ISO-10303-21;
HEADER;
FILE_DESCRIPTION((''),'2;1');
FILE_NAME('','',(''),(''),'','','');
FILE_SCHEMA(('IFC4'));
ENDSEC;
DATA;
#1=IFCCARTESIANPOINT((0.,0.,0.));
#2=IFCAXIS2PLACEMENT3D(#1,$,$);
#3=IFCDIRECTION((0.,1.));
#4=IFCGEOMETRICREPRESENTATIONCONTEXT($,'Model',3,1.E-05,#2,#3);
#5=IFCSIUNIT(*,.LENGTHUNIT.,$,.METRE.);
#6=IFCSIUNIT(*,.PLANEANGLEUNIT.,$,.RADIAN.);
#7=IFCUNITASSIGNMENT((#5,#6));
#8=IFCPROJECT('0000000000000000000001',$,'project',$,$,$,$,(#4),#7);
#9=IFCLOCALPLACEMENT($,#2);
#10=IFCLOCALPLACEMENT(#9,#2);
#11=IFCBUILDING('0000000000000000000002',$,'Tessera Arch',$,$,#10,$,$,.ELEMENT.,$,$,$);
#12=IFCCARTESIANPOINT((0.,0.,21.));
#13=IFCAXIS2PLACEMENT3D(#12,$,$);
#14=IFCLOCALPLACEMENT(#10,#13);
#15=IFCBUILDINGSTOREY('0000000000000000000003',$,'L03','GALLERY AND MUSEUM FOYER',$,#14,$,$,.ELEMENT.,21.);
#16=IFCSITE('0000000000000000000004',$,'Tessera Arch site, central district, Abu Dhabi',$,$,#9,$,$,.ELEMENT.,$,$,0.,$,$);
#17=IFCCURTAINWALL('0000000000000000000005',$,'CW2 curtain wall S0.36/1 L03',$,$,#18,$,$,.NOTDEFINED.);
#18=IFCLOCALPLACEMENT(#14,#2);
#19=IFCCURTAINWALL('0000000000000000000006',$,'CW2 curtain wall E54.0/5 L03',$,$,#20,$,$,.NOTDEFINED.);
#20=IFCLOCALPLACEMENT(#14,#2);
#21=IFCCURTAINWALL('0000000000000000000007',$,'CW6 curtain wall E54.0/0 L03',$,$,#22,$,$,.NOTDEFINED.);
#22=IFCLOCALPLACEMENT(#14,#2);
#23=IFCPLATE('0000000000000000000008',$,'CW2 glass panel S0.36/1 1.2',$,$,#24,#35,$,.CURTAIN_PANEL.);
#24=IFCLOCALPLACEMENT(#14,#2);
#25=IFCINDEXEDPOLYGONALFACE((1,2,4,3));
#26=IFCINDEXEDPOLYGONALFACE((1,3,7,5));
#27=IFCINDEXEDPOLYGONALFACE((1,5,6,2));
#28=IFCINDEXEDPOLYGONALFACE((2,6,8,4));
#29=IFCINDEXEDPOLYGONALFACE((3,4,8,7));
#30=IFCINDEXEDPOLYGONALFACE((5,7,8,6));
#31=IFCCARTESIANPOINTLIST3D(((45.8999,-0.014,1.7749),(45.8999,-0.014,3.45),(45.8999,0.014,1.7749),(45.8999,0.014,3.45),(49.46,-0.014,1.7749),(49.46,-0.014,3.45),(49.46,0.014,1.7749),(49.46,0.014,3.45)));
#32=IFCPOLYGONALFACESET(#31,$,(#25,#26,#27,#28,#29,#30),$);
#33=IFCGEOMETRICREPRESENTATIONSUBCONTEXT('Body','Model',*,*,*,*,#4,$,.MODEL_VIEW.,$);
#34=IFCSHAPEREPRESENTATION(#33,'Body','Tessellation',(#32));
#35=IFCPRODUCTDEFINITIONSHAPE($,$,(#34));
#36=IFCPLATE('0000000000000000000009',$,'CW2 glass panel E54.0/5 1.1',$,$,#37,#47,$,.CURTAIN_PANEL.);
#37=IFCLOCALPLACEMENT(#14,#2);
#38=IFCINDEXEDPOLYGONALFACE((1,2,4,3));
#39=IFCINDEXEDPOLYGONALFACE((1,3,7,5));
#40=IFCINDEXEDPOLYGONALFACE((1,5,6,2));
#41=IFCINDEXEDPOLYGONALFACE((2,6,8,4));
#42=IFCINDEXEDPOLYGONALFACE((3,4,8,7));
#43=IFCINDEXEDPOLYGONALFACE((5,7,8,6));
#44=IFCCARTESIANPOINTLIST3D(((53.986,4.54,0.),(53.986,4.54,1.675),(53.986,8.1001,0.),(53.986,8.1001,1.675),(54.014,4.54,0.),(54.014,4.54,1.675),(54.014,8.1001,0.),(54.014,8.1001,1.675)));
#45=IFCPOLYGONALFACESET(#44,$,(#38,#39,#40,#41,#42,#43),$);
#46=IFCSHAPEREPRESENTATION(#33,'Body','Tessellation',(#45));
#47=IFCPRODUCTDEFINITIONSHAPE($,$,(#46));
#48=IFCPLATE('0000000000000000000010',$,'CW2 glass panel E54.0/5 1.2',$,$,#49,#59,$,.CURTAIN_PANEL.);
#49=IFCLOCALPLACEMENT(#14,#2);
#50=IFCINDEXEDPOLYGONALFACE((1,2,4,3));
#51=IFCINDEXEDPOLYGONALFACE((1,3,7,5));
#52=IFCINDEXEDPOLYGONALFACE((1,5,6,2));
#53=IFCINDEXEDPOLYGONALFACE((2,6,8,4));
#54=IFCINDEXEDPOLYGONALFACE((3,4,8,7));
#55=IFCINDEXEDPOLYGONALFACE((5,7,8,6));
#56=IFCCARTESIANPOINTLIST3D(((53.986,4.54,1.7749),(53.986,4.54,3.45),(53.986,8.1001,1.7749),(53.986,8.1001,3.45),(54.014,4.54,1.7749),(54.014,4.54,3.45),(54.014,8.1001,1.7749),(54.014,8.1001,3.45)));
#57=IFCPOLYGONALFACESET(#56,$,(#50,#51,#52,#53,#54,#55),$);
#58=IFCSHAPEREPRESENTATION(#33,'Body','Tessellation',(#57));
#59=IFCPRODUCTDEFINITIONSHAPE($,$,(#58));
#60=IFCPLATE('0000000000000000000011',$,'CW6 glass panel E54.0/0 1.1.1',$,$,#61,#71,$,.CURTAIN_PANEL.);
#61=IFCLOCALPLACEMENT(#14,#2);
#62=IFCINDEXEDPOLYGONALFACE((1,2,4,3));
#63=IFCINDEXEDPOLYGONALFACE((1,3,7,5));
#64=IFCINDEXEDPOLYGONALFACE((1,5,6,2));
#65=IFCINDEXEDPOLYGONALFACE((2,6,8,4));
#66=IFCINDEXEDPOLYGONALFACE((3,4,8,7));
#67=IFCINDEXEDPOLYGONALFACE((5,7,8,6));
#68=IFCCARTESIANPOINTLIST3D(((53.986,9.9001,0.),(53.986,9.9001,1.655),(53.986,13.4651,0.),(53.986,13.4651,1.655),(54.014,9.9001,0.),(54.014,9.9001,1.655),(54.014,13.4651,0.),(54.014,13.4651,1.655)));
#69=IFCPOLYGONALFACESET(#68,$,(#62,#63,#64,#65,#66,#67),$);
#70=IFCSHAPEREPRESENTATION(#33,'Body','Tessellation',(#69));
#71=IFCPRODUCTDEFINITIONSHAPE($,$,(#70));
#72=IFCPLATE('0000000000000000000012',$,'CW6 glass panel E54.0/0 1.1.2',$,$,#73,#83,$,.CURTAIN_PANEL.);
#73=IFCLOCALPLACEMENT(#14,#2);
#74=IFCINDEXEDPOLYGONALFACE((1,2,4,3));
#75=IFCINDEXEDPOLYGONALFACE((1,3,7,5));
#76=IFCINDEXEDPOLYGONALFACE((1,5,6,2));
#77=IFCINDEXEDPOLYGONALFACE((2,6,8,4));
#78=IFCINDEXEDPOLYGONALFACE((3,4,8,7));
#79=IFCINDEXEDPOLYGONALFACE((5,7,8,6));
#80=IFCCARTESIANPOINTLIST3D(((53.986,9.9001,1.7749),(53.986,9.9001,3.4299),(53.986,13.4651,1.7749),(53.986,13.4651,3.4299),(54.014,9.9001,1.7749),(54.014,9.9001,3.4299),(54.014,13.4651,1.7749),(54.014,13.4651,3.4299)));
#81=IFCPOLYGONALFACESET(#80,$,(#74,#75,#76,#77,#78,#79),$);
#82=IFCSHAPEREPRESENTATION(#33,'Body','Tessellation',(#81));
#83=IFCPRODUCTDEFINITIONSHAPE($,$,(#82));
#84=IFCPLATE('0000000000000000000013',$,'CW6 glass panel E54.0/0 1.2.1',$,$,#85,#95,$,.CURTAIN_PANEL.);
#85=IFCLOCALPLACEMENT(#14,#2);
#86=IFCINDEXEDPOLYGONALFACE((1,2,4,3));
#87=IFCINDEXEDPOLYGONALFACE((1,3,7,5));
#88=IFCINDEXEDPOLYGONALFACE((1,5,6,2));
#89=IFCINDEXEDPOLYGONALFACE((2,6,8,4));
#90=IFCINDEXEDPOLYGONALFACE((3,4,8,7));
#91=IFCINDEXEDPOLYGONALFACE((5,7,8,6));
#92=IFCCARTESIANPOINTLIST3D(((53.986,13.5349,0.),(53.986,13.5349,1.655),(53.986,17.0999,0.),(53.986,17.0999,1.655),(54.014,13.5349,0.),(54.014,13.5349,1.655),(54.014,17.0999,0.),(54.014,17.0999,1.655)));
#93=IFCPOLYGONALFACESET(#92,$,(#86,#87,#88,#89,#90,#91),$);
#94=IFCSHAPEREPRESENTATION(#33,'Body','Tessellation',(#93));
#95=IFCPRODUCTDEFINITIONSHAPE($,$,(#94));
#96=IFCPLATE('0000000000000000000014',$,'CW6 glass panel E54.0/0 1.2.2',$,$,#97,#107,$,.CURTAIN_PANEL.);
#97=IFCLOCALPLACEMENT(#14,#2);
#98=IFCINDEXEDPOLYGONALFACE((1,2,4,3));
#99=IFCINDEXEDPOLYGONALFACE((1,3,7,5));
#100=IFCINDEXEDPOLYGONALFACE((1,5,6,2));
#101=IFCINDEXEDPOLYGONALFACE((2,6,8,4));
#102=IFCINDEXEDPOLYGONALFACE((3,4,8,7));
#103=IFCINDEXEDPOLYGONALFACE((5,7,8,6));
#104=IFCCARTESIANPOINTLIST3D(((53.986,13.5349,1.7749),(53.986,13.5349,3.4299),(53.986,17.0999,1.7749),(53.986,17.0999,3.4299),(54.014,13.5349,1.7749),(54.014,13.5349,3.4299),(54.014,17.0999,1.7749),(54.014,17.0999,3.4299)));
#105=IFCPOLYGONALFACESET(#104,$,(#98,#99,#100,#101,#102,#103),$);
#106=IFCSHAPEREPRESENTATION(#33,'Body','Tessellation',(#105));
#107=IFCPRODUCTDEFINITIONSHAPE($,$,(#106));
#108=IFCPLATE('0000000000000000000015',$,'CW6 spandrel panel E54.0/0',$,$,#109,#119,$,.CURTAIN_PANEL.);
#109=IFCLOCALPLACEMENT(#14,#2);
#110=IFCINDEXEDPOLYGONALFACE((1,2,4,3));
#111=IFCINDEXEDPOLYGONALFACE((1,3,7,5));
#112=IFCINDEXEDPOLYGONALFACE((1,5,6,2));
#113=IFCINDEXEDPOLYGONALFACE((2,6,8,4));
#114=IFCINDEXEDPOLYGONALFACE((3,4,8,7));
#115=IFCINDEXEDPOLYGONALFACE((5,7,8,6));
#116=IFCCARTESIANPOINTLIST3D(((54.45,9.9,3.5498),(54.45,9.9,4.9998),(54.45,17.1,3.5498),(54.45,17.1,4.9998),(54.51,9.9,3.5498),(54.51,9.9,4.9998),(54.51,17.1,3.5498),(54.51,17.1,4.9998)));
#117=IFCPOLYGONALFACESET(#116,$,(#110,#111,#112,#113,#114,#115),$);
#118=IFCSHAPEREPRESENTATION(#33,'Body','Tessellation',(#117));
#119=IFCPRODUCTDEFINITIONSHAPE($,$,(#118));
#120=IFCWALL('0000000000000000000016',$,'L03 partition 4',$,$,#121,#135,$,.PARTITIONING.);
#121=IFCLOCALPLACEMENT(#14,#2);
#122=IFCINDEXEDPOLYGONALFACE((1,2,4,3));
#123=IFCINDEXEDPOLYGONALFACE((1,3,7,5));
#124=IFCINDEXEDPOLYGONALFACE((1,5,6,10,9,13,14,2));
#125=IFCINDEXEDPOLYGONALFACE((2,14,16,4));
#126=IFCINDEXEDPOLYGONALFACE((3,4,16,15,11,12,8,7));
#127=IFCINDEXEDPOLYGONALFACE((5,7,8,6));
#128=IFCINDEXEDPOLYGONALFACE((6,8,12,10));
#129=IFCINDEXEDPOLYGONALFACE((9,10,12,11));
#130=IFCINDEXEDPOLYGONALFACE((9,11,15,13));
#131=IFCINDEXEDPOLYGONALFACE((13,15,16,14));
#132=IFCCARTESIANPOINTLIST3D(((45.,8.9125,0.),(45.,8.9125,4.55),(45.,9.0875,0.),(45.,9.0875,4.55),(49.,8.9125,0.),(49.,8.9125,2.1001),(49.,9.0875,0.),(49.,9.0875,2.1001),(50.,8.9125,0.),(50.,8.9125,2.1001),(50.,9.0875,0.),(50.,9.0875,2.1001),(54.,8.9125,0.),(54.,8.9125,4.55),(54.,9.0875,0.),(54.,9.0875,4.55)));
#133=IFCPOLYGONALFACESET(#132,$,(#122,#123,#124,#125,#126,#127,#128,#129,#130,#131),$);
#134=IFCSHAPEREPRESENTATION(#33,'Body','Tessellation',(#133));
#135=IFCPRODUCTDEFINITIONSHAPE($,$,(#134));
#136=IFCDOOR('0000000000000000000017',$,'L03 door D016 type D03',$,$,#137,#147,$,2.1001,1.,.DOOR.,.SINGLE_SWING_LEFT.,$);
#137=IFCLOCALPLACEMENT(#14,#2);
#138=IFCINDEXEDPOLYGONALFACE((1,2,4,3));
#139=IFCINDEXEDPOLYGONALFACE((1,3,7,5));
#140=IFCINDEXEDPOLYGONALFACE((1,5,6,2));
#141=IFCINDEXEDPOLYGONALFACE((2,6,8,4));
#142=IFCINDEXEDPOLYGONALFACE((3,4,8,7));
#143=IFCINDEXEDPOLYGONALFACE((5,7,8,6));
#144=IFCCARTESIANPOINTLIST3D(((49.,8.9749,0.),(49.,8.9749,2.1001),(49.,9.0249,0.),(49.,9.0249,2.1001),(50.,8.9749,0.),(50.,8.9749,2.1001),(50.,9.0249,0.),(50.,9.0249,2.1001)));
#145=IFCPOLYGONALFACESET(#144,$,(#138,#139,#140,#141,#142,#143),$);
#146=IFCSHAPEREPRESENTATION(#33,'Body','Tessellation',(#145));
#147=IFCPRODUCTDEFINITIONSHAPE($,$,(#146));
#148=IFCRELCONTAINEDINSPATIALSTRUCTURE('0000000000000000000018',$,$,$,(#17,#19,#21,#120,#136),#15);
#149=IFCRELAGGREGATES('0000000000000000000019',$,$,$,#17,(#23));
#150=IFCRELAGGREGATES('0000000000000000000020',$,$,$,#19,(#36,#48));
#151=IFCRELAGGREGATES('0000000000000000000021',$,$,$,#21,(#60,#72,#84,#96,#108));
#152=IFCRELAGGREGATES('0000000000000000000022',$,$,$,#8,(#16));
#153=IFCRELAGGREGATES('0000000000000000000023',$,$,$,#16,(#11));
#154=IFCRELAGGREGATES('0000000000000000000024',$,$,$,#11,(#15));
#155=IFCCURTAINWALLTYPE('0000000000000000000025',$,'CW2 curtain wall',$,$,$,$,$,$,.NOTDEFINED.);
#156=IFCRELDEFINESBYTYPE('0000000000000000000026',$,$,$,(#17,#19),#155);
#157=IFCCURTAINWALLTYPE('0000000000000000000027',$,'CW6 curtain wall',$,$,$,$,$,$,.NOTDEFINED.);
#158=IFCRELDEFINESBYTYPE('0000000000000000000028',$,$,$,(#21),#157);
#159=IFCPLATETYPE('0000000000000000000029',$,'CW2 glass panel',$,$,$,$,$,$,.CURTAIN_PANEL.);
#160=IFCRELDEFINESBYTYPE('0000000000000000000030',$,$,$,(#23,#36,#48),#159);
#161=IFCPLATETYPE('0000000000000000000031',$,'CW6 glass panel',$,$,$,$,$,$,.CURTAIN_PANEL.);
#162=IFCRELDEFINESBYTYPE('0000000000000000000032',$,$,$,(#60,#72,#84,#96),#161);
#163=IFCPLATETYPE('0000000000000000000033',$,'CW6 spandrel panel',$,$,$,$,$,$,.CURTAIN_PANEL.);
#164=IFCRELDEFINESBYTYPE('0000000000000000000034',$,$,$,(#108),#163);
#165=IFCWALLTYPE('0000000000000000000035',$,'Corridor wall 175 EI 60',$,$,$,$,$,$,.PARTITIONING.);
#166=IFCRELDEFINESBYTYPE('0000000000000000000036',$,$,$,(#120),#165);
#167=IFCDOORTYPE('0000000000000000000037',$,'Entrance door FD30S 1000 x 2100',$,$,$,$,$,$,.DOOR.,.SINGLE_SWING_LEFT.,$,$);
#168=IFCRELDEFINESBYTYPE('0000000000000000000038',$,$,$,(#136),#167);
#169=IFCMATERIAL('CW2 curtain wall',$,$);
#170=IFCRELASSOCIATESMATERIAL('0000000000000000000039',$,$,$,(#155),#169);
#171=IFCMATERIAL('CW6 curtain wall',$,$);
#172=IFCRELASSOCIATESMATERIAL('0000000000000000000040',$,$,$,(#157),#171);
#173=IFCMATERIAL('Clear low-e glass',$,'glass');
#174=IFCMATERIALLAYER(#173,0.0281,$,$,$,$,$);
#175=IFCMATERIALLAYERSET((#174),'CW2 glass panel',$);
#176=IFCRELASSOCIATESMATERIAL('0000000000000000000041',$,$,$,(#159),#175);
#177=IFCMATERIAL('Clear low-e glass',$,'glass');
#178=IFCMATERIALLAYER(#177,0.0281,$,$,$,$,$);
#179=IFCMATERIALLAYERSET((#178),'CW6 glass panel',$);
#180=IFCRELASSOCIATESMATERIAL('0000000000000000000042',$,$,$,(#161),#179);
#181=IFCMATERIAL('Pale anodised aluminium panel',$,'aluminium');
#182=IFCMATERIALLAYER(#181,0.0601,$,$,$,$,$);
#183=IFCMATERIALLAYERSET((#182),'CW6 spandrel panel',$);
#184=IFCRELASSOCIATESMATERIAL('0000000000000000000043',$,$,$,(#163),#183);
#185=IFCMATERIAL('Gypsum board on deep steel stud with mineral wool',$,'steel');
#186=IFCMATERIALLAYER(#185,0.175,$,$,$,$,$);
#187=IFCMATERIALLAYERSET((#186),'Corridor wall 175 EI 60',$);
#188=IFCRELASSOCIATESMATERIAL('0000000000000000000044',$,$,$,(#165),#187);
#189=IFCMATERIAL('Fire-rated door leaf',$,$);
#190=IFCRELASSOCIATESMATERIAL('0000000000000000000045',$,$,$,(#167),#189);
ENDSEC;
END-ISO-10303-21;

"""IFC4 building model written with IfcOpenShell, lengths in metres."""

from ifc_helpers import new_model, si_unit, direction, frame, frame_2d, origin, origin_2d, place, context, subcontext, project, spatial, rectangle, extrude, material, layer, layer_set, type_object, element, fill, aggregate, save


model = new_model("IFC4")

# Units and contexts
model_context = context("Model", 3, precision=1e-05, world=origin(), true_north=direction((0.0, 1.0)))
body_context = subcontext(model_context, "Body", "Model", "MODEL_VIEW")
ifc_project = project(units=[si_unit("LENGTHUNIT", "METRE"), si_unit("PLANEANGLEUNIT", "RADIAN")], contexts=[model_context])

# Site, building, storey
site_placement = place(None, origin())
site = spatial("IfcSite", under=ifc_project, at=site_placement, Name="Tessera Arch site, central district, Abu Dhabi", CompositionType="ELEMENT", RefElevation=0.0)
building_placement = place(site_placement, origin())
building = spatial("IfcBuilding", under=site, at=building_placement, Name="Tessera Arch", CompositionType="ELEMENT")
storey_placement = place(building_placement, frame((0.0, 0.0, 21.0)))
storey = spatial("IfcBuildingStorey", under=building, at=storey_placement, Name="L03", Description="GALLERY AND MUSEUM FOYER", CompositionType="ELEMENT", Elevation=21.0)

# Curtain walls
ifc_material_1 = material(Name="CW2 curtain wall")
curtain_wall_type_1 = type_object("IfcCurtainWallType", Name="CW2 curtain wall", PredefinedType="NOTDEFINED", material=ifc_material_1)
curtain_wall_1_placement = place(storey_placement, origin())
curtain_wall_1 = element("IfcCurtainWall", 1, at=curtain_wall_1_placement, inside=storey, type_object=curtain_wall_type_1, Name="CW2 curtain wall S0.36/1 L03", PredefinedType="NOTDEFINED")
curtain_wall_2_placement = place(storey_placement, origin())
curtain_wall_2 = element("IfcCurtainWall", 2, at=curtain_wall_2_placement, inside=storey, type_object=curtain_wall_type_1, Name="CW2 curtain wall E54.0/5 L03", PredefinedType="NOTDEFINED")

# Curtain wall
ifc_material_2 = material(Name="CW6 curtain wall")
curtain_wall_type_2 = type_object("IfcCurtainWallType", Name="CW6 curtain wall", PredefinedType="NOTDEFINED", material=ifc_material_2)
curtain_wall_3_placement = place(storey_placement, origin())
curtain_wall_3 = element("IfcCurtainWall", 3, at=curtain_wall_3_placement, inside=storey, type_object=curtain_wall_type_2, Name="CW6 curtain wall E54.0/0 L03", PredefinedType="NOTDEFINED")

# Plates
ifc_material_3 = material(Name="Clear low-e glass", Category="glass")
ifc_layer_1 = layer(ifc_material_3, 0.0281)
ifc_layer_set_1 = layer_set([ifc_layer_1], Name="CW2 glass panel")
plate_type_1 = type_object("IfcPlateType", Name="CW2 glass panel", PredefinedType="CURTAIN_PANEL", material=ifc_layer_set_1)
plate_1_placement = place(storey_placement, frame((47.6799, 0.0, 1.7749), z_axis=(0.0, 0.0, 1.0), x_axis=(1.0, 0.0, 0.0)))
plate_1 = element("IfcPlate", 4, at=plate_1_placement, type_object=plate_type_1, Name="CW2 glass panel S0.36/1 1.2", PredefinedType="CURTAIN_PANEL", context=body_context, shape_type="SweptSolid", body=[
    extrude(rectangle(XDim=3.5601, YDim=0.0281, at=origin_2d()), origin(), (0.0, 0.0, 1.0), 1.675),
])
aggregate(curtain_wall_1, [plate_1])
plate_2_placement = place(storey_placement, frame((54.0, 6.3201, 0.0), z_axis=(0.0, 0.0, 1.0), x_axis=(0.0, 1.0, 0.0)))
plate_2 = element("IfcPlate", 5, at=plate_2_placement, type_object=plate_type_1, Name="CW2 glass panel E54.0/5 1.1", PredefinedType="CURTAIN_PANEL", context=body_context, shape_type="SweptSolid", body=[
    extrude(rectangle(XDim=3.5601, YDim=0.0281, at=origin_2d()), origin(), (0.0, 0.0, 1.0), 1.675),
])
plate_3_placement = place(storey_placement, frame((54.0, 6.3201, 1.7749), z_axis=(0.0, 0.0, 1.0), x_axis=(0.0, 1.0, 0.0)))
plate_3 = element("IfcPlate", 6, at=plate_3_placement, type_object=plate_type_1, Name="CW2 glass panel E54.0/5 1.2", PredefinedType="CURTAIN_PANEL", context=body_context, shape_type="SweptSolid", body=[
    extrude(rectangle(XDim=3.5601, YDim=0.0281, at=origin_2d()), origin(), (0.0, 0.0, 1.0), 1.675),
])
aggregate(curtain_wall_2, [plate_2, plate_3])
ifc_material_4 = material(Name="Clear low-e glass", Category="glass")
ifc_layer_2 = layer(ifc_material_4, 0.0281)
ifc_layer_set_2 = layer_set([ifc_layer_2], Name="CW6 glass panel")
plate_type_2 = type_object("IfcPlateType", Name="CW6 glass panel", PredefinedType="CURTAIN_PANEL", material=ifc_layer_set_2)
plate_4_placement = place(storey_placement, frame((54.0, 11.6826, 0.0), z_axis=(0.0, 0.0, 1.0), x_axis=(0.0, 1.0, 0.0)))
plate_4 = element("IfcPlate", 7, at=plate_4_placement, type_object=plate_type_2, Name="CW6 glass panel E54.0/0 1.1.1", PredefinedType="CURTAIN_PANEL", context=body_context, shape_type="SweptSolid", body=[
    extrude(rectangle(XDim=3.5649, YDim=0.0281, at=origin_2d()), origin(), (0.0, 0.0, 1.0), 1.655),
])
plate_5_placement = place(storey_placement, frame((54.0, 11.6826, 1.7749), z_axis=(0.0, 0.0, 1.0), x_axis=(0.0, 1.0, 0.0)))
plate_5 = element("IfcPlate", 8, at=plate_5_placement, type_object=plate_type_2, Name="CW6 glass panel E54.0/0 1.1.2", PredefinedType="CURTAIN_PANEL", context=body_context, shape_type="SweptSolid", body=[
    extrude(rectangle(XDim=3.5649, YDim=0.0281, at=origin_2d()), origin(), (0.0, 0.0, 1.0), 1.655),
])
plate_6_placement = place(storey_placement, frame((54.0, 15.3174, 0.0), z_axis=(0.0, 0.0, 1.0), x_axis=(0.0, 1.0, 0.0)))
plate_6 = element("IfcPlate", 9, at=plate_6_placement, type_object=plate_type_2, Name="CW6 glass panel E54.0/0 1.2.1", PredefinedType="CURTAIN_PANEL", context=body_context, shape_type="SweptSolid", body=[
    extrude(rectangle(XDim=3.5649, YDim=0.0281, at=origin_2d()), origin(), (0.0, 0.0, 1.0), 1.655),
])
plate_7_placement = place(storey_placement, frame((54.0, 15.3174, 1.7749), z_axis=(0.0, 0.0, 1.0), x_axis=(0.0, 1.0, 0.0)))
plate_7 = element("IfcPlate", 10, at=plate_7_placement, type_object=plate_type_2, Name="CW6 glass panel E54.0/0 1.2.2", PredefinedType="CURTAIN_PANEL", context=body_context, shape_type="SweptSolid", body=[
    extrude(rectangle(XDim=3.5649, YDim=0.0281, at=origin_2d()), origin(), (0.0, 0.0, 1.0), 1.655),
])
ifc_material_5 = material(Name="Pale anodised aluminium panel", Category="aluminium")
ifc_layer_3 = layer(ifc_material_5, 0.0601)
ifc_layer_set_3 = layer_set([ifc_layer_3], Name="CW6 spandrel panel")
plate_type_3 = type_object("IfcPlateType", Name="CW6 spandrel panel", PredefinedType="CURTAIN_PANEL", material=ifc_layer_set_3)
plate_8_placement = place(storey_placement, frame((54.48, 13.5, 3.5498), z_axis=(0.0, 0.0, 1.0), x_axis=(0.0, 1.0, 0.0)))
plate_8 = element("IfcPlate", 11, at=plate_8_placement, type_object=plate_type_3, Name="CW6 spandrel panel E54.0/0", PredefinedType="CURTAIN_PANEL", context=body_context, shape_type="SweptSolid", body=[
    extrude(rectangle(XDim=7.2, YDim=0.0601, at=origin_2d()), origin(), (0.0, 0.0, 1.0), 1.45),
])
aggregate(curtain_wall_3, [plate_4, plate_5, plate_6, plate_7, plate_8])

# Wall, opening, door
ifc_material_6 = material(Name="Gypsum board on deep steel stud with mineral wool", Category="steel")
ifc_layer_4 = layer(ifc_material_6, 0.175)
ifc_layer_set_4 = layer_set([ifc_layer_4], Name="Corridor wall 175 EI 60")
wall_type = type_object("IfcWallType", Name="Corridor wall 175 EI 60", PredefinedType="PARTITIONING", material=ifc_layer_set_4)
wall_placement = place(storey_placement, frame((45.0, 9.0, 0.0), z_axis=(0.0, 0.0, 1.0), x_axis=(1.0, 0.0, 0.0)))
wall = element("IfcWall", 12, at=wall_placement, inside=storey, type_object=wall_type, Name="L03 partition 4", PredefinedType="PARTITIONING", context=body_context, shape_type="SweptSolid", body=[
    extrude(rectangle(XDim=9.0, YDim=0.175, at=frame_2d((4.5, 0.0))), origin(), (0.0, 0.0, 1.0), 4.55),
])
opening_placement = place(wall_placement, frame((4.0, 0.0, 0.0)))
opening = element("IfcOpeningElement", 13, at=opening_placement, cuts=wall, PredefinedType="OPENING", context=body_context, shape_type="SweptSolid", body=[
    extrude(rectangle(XDim=1.0, YDim=2.1001, at=frame_2d((0.5, 1.05))), frame((0.0, 0.0974, 0.0), z_axis=(0.0, -1.0, 0.0), x_axis=(1.0, 0.0, 0.0)), (0.0, 0.0, 1.0), 0.1951),
])
ifc_material_7 = material(Name="Fire-rated door leaf")
door_type = type_object("IfcDoorType", Name="Entrance door FD30S 1000 x 2100", OperationType="SINGLE_SWING_LEFT", PredefinedType="DOOR", material=ifc_material_7)
door_placement = place(opening_placement, origin())
door = element("IfcDoor", 14, at=door_placement, inside=storey, type_object=door_type, Name="L03 door D016 type D03", OperationType="SINGLE_SWING_LEFT", OverallHeight=2.1001, OverallWidth=1.0, PredefinedType="DOOR", context=body_context, shape_type="SweptSolid", body=[
    extrude(rectangle(XDim=1.0, YDim=2.1001, at=frame_2d((0.5, 1.05))), frame((0.0, 0.0249, 0.0), z_axis=(0.0, -1.0, 0.0), x_axis=(1.0, 0.0, 0.0)), (0.0, 0.0, 1.0), 0.05),
])
fill(opening, door)

save(model, "model.ifc")
